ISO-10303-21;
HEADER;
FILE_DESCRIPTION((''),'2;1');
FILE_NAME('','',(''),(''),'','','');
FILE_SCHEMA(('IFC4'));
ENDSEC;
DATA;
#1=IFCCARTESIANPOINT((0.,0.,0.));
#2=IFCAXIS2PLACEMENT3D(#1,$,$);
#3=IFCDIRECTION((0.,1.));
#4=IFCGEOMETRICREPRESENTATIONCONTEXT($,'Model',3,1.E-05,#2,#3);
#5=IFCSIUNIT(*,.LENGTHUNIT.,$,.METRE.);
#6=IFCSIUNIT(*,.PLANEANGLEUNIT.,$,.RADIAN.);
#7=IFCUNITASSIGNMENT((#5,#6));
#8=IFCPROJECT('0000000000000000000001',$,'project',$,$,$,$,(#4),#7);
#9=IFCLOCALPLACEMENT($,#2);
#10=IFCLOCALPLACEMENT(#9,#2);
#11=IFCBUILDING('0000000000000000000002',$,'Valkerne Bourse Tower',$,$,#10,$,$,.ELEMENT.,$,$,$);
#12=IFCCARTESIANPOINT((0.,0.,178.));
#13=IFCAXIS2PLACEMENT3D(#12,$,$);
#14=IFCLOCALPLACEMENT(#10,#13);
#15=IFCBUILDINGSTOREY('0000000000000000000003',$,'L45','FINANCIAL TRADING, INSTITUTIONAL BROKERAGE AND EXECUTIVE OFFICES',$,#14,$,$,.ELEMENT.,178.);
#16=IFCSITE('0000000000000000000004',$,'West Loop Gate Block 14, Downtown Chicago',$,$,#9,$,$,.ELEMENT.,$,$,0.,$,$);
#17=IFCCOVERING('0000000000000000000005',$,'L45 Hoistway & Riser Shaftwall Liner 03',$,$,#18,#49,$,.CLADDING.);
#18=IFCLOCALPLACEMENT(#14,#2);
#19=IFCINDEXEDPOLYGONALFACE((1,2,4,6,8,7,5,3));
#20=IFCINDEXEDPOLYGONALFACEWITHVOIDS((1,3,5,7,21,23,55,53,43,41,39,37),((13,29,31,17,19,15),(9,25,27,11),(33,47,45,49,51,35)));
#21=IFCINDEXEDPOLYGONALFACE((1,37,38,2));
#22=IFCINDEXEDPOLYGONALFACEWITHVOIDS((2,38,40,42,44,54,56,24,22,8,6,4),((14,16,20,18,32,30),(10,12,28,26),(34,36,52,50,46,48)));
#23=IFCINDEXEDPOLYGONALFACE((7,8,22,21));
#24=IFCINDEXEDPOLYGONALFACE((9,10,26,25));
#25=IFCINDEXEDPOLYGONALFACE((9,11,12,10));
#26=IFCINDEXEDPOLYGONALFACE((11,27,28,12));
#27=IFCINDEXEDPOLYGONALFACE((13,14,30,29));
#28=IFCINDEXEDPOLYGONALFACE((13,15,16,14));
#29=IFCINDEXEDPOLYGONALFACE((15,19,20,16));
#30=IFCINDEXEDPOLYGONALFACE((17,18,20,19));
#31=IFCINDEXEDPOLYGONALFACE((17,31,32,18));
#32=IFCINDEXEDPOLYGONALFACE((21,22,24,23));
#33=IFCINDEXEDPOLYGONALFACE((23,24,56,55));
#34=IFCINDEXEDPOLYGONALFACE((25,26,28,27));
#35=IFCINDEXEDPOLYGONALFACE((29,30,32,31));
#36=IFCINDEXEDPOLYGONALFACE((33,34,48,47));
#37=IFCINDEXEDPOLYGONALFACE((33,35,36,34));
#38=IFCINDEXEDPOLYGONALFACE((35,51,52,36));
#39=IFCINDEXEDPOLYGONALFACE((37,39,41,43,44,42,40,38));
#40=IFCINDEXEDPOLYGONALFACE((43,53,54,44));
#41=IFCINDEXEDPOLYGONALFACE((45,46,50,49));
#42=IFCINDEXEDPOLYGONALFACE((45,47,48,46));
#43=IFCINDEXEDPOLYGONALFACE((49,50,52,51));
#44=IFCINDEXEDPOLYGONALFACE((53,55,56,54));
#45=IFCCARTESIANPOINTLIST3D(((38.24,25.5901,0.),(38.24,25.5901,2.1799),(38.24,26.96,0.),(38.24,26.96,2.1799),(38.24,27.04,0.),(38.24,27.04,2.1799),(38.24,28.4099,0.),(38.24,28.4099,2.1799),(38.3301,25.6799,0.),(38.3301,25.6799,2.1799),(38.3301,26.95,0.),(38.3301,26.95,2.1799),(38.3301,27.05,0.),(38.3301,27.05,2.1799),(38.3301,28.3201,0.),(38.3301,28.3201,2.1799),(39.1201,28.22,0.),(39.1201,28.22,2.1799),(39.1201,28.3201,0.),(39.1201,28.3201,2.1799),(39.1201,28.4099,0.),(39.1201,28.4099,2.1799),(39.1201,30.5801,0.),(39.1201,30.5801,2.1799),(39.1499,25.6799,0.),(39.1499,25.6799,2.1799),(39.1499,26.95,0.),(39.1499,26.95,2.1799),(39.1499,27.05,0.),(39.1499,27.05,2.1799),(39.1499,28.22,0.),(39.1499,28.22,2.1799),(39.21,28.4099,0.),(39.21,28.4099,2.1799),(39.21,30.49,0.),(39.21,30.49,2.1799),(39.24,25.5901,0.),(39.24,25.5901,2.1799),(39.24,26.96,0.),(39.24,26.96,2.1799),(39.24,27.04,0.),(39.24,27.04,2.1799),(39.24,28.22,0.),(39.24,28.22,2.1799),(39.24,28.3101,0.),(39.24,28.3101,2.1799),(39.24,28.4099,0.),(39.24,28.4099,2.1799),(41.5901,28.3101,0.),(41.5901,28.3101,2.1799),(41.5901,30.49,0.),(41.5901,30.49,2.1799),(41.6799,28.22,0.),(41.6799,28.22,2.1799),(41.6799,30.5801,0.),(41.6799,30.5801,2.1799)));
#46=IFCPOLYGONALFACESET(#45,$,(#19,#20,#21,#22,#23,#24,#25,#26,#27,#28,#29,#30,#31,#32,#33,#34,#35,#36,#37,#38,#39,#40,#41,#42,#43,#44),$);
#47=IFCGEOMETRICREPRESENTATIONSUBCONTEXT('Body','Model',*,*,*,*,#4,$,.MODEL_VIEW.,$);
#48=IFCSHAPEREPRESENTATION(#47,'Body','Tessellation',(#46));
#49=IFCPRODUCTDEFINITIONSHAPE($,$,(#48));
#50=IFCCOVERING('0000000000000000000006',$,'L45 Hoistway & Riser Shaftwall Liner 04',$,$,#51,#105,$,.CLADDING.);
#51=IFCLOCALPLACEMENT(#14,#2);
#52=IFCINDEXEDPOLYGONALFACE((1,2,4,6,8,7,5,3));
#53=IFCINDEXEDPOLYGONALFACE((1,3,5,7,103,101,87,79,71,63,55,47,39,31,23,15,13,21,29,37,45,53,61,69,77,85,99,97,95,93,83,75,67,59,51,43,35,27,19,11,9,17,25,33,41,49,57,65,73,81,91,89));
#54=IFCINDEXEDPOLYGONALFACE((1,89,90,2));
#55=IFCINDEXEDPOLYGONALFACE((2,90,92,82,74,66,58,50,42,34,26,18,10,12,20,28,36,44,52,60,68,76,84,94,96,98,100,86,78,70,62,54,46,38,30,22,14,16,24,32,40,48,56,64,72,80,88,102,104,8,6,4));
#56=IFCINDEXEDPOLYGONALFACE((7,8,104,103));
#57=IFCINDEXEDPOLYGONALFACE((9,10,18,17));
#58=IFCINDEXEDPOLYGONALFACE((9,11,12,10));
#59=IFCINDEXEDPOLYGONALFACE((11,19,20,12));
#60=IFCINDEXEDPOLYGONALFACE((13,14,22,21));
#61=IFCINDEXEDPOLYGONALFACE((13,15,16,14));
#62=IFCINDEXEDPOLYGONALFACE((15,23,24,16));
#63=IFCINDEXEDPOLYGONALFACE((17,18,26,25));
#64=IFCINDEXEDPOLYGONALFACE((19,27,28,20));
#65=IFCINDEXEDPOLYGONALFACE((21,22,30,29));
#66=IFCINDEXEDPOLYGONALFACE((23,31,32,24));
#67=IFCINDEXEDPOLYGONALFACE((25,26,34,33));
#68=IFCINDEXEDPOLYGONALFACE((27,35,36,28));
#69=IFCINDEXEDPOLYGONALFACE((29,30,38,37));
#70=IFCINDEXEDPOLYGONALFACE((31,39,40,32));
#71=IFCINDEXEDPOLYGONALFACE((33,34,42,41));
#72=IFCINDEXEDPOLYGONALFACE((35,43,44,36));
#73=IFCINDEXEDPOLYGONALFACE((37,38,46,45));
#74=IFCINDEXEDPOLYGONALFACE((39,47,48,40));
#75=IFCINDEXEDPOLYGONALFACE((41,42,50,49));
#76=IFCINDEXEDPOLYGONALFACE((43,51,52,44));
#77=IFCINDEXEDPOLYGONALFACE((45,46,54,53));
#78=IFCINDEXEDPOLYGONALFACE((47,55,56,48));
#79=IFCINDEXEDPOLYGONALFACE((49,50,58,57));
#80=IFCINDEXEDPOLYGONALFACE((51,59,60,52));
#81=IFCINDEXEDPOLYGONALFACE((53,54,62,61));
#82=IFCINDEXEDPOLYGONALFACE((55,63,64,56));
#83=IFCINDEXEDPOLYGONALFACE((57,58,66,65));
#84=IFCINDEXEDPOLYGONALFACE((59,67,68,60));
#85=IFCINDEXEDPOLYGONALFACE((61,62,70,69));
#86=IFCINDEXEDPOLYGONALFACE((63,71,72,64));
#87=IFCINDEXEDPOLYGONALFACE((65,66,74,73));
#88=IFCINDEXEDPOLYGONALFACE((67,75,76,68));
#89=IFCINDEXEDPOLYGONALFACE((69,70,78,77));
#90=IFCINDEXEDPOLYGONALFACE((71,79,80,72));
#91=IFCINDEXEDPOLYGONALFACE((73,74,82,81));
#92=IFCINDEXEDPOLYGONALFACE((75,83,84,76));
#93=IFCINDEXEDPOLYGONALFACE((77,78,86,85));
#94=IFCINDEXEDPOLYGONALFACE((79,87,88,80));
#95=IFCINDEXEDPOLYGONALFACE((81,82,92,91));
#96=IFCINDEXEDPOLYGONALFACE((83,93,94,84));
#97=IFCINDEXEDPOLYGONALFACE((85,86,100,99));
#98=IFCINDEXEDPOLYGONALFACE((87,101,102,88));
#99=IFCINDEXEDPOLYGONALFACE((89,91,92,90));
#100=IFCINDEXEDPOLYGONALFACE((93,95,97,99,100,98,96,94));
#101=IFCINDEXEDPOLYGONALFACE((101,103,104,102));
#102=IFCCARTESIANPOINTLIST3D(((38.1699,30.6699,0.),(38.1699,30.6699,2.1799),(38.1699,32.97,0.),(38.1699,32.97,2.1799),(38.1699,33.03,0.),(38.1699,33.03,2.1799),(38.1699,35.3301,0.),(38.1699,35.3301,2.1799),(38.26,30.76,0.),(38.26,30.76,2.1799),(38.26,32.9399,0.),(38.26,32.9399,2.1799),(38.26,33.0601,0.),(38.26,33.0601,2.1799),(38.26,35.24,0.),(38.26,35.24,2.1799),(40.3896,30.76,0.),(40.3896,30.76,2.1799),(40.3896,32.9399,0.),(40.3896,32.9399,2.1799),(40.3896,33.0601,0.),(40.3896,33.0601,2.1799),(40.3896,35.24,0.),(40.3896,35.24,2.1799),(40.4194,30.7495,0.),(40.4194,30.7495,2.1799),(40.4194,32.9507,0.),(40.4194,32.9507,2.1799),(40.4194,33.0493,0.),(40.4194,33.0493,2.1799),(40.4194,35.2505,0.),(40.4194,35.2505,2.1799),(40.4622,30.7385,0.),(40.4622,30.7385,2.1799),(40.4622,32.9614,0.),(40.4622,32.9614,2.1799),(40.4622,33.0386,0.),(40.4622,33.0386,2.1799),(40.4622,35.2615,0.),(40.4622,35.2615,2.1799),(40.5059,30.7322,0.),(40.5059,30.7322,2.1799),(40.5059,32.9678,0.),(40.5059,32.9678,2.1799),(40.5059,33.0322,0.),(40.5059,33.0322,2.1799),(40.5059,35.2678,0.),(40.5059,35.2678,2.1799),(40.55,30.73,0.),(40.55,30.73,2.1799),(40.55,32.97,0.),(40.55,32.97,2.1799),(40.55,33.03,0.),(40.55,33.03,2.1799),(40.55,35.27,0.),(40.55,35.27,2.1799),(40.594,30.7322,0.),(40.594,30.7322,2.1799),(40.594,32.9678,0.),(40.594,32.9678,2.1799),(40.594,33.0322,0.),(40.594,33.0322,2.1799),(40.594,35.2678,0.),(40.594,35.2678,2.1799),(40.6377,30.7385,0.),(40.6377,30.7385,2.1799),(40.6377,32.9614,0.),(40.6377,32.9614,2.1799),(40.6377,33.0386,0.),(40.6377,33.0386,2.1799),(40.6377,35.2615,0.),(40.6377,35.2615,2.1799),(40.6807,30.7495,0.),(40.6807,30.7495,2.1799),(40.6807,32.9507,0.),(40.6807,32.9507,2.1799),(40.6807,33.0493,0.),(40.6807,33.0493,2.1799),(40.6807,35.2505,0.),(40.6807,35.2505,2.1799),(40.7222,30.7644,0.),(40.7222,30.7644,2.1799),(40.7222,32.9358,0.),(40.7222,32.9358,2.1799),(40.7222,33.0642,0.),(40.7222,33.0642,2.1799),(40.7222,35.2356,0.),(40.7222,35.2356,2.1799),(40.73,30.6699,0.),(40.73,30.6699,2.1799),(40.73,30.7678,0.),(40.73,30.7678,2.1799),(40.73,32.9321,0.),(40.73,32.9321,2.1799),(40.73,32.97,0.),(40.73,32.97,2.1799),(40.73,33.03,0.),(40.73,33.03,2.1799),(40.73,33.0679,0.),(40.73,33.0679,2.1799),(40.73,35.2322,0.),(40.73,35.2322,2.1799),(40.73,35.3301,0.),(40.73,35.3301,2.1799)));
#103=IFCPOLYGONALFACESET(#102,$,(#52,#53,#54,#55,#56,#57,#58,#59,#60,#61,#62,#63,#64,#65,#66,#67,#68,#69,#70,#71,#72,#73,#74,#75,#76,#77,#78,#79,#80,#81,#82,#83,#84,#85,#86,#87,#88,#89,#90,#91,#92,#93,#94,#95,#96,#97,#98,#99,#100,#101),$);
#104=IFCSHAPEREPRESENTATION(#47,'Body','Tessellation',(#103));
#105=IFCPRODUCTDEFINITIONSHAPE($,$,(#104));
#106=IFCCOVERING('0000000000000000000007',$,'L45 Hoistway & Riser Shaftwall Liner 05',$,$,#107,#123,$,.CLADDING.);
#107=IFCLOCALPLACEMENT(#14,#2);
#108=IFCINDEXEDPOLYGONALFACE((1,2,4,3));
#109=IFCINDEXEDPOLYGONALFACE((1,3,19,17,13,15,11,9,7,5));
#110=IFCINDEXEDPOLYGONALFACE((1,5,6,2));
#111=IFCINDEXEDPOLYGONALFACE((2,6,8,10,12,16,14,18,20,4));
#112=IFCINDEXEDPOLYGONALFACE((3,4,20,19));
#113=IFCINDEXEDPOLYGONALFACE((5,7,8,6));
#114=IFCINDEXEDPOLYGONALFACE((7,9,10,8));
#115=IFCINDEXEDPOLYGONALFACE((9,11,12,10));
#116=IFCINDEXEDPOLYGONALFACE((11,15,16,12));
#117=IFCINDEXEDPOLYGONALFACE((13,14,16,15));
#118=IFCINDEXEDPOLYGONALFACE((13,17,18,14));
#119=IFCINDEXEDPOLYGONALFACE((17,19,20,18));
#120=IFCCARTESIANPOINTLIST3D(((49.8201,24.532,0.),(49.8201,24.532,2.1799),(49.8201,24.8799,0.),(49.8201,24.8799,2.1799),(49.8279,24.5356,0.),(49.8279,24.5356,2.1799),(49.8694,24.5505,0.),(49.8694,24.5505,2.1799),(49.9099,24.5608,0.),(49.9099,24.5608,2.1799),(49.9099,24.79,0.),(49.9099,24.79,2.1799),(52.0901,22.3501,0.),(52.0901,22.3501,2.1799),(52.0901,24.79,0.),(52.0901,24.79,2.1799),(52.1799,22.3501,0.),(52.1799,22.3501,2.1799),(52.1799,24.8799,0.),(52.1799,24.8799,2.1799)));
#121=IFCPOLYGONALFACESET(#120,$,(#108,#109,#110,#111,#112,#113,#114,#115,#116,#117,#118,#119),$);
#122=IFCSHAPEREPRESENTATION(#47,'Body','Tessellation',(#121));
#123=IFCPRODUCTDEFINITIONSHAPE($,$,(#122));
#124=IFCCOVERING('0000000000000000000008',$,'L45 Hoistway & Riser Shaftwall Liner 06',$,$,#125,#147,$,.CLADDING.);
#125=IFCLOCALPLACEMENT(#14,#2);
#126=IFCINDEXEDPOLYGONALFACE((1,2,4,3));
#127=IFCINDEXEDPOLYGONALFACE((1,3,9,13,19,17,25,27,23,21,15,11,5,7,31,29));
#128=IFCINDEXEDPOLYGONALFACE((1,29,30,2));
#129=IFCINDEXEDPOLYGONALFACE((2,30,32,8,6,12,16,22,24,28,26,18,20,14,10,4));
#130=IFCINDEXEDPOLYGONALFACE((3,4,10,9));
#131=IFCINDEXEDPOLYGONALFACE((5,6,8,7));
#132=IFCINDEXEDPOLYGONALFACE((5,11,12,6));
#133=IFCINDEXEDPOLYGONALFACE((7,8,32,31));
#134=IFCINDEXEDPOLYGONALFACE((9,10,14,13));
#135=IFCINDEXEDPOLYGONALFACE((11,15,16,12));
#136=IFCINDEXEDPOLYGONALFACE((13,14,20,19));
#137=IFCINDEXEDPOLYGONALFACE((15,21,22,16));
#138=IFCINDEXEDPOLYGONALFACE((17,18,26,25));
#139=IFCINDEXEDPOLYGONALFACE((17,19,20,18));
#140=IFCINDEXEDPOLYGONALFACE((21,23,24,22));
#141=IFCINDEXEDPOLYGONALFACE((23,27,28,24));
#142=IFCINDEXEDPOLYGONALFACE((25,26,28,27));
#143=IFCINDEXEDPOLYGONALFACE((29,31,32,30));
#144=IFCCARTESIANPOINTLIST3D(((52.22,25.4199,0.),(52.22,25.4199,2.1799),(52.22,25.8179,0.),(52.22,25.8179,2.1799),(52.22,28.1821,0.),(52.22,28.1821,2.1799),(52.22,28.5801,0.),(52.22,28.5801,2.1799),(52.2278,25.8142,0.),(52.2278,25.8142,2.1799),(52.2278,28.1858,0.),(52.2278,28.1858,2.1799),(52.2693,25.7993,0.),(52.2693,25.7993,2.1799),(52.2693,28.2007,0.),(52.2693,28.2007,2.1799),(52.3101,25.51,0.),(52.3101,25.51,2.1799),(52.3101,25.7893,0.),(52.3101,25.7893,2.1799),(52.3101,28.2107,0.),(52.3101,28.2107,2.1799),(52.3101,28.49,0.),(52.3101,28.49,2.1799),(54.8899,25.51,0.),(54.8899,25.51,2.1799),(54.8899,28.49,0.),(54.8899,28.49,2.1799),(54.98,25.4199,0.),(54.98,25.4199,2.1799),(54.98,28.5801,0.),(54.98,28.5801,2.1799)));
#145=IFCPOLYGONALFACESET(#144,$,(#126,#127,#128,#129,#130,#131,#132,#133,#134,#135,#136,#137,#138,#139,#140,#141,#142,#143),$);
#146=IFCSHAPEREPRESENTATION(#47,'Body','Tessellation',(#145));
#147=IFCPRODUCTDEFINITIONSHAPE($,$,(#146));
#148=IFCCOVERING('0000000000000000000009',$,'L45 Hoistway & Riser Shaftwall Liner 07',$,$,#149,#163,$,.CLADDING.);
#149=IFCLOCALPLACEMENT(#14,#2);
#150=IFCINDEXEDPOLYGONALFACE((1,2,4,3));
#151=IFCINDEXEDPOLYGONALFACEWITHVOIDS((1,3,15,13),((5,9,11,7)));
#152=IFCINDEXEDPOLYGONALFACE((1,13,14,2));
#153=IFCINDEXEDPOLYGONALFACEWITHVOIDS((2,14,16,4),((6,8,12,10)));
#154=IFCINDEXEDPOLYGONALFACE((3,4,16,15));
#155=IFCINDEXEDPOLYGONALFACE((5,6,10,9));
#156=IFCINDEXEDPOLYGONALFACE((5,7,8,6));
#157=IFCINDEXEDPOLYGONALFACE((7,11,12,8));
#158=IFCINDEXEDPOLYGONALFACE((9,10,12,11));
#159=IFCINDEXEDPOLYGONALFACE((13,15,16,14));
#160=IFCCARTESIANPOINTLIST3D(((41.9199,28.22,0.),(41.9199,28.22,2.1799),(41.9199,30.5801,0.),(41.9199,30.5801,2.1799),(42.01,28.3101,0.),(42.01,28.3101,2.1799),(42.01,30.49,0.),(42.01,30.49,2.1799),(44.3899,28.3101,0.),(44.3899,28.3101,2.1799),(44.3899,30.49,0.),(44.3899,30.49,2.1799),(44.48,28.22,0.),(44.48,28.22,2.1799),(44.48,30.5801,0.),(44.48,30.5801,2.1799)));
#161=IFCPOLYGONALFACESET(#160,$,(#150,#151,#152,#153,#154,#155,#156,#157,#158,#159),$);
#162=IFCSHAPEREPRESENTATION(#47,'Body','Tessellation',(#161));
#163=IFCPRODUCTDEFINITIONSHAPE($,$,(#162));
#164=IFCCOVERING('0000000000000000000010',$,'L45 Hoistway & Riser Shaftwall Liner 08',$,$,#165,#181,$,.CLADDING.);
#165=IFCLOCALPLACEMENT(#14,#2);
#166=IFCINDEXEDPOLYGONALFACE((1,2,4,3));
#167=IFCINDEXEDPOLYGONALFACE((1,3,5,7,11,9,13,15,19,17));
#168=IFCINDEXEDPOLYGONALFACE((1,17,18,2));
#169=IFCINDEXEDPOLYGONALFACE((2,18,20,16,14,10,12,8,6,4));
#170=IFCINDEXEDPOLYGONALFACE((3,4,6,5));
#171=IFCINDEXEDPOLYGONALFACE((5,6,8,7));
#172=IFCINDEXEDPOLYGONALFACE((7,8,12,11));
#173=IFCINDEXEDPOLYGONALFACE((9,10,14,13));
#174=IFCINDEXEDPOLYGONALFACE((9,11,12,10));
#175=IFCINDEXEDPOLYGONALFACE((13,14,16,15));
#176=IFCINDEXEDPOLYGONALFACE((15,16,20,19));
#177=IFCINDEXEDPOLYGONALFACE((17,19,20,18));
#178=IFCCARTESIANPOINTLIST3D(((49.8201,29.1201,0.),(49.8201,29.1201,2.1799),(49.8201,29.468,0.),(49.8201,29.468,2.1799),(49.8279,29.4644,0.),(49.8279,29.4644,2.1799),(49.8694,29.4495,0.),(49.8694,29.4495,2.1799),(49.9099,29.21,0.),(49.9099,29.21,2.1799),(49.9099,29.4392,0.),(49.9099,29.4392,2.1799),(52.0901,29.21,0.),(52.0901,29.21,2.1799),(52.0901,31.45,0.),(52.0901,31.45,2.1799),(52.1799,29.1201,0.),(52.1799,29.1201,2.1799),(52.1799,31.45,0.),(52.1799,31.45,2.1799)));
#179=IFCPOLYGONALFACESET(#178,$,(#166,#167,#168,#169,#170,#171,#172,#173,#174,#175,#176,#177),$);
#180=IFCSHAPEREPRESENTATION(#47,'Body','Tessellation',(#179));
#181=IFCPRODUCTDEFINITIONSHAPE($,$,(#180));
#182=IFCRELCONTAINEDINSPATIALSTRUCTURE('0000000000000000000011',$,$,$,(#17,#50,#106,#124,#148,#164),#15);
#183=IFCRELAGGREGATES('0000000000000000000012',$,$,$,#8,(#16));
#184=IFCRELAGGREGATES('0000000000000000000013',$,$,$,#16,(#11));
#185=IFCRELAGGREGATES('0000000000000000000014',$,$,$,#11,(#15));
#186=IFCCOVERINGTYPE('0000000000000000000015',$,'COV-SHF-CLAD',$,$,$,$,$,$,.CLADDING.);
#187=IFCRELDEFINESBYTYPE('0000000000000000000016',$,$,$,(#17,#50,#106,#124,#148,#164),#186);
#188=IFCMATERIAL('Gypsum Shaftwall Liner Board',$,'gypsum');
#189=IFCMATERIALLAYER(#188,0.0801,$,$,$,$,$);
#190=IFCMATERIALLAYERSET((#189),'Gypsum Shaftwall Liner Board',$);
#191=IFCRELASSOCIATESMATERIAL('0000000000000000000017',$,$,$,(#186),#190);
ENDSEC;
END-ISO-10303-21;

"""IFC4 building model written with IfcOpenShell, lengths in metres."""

from ifc_helpers import new_model, si_unit, direction, frame, origin, place, context, subcontext, project, spatial, polyline, outline, extrude, material, layer, layer_set, type_object, element, save


model = new_model("IFC4")

# Units and contexts
model_context = context("Model", 3, precision=1e-05, world=origin(), true_north=direction((0.0, 1.0)))
body_context = subcontext(model_context, "Body", "Model", "MODEL_VIEW")
ifc_project = project(units=[si_unit("LENGTHUNIT", "METRE"), si_unit("PLANEANGLEUNIT", "RADIAN")], contexts=[model_context])

# Site, building, storey
site_placement = place(None, origin())
site = spatial("IfcSite", under=ifc_project, at=site_placement, Name="West Loop Gate Block 14, Downtown Chicago", CompositionType="ELEMENT", RefElevation=0.0)
building_placement = place(site_placement, origin())
building = spatial("IfcBuilding", under=site, at=building_placement, Name="Valkerne Bourse Tower", CompositionType="ELEMENT")
storey_placement = place(building_placement, frame((0.0, 0.0, 178.0)))
storey = spatial("IfcBuildingStorey", under=building, at=storey_placement, Name="L45", Description="FINANCIAL TRADING, INSTITUTIONAL BROKERAGE AND EXECUTIVE OFFICES", CompositionType="ELEMENT", Elevation=178.0)

# Coverings
ifc_material_1 = material(Name="Gypsum Shaftwall Liner Board", Category="gypsum")
ifc_layer_1 = layer(ifc_material_1, 0.0801)
ifc_layer_set_1 = layer_set([ifc_layer_1], Name="Gypsum Shaftwall Liner Board")
covering_type_1 = type_object("IfcCoveringType", Name="COV-SHF-CLAD", PredefinedType="CLADDING", material=ifc_layer_set_1)
covering_1_placement = place(storey_placement, origin())
element("IfcCovering", 1, at=covering_1_placement, inside=storey, type_object=covering_type_1, Name="L45 Hoistway & Riser Shaftwall Liner 03", PredefinedType="CLADDING", context=body_context, shape_type="SweptSolid", body=[
    extrude(outline(polyline([(38.24, 28.4099), (39.1201, 28.4099), (39.1201, 30.5801), (41.6799, 30.5801), (41.6799, 28.22), (39.24, 28.22), (39.24, 27.04), (39.24, 26.96), (39.24, 25.5901), (38.24, 25.5901), (38.24, 26.96), (38.24, 27.04), (38.24, 28.4099)]), holes=[polyline([(38.3301, 26.95), (38.3301, 25.6799), (39.1499, 25.6799), (39.1499, 26.95), (38.3301, 26.95)]), polyline([(39.21, 30.49), (39.21, 28.4099), (39.24, 28.4099), (39.24, 28.3101), (41.5901, 28.3101), (41.5901, 30.49), (39.21, 30.49)]), polyline([(38.3301, 27.05), (39.1499, 27.05), (39.1499, 28.22), (39.1201, 28.22), (39.1201, 28.3201), (38.3301, 28.3201), (38.3301, 27.05)])]), origin(), (0.0, 0.0, 1.0), 2.1799),
])
covering_2_placement = place(storey_placement, origin())
element("IfcCovering", 2, at=covering_2_placement, inside=storey, type_object=covering_type_1, Name="L45 Hoistway & Riser Shaftwall Liner 04", PredefinedType="CLADDING", context=body_context, shape_type="SweptSolid", body=[
    extrude(outline(polyline([(38.1699, 35.3301), (40.73, 35.3301), (40.73, 35.2322), (40.7222, 35.2356), (40.6807, 35.2505), (40.6377, 35.2615), (40.594, 35.2678), (40.55, 35.27), (40.5059, 35.2678), (40.4622, 35.2615), (40.4194, 35.2505), (40.3896, 35.24), (38.26, 35.24), (38.26, 33.0601), (40.3896, 33.0601), (40.4194, 33.0493), (40.4622, 33.0386), (40.5059, 33.0322), (40.55, 33.03), (40.594, 33.0322), (40.6377, 33.0386), (40.6807, 33.0493), (40.7222, 33.0642), (40.73, 33.0679), (40.73, 33.03), (40.73, 32.97), (40.73, 32.9321), (40.7222, 32.9358), (40.6807, 32.9507), (40.6377, 32.9614), (40.594, 32.9678), (40.55, 32.97), (40.5059, 32.9678), (40.4622, 32.9614), (40.4194, 32.9507), (40.3896, 32.9399), (38.26, 32.9399), (38.26, 30.76), (40.3896, 30.76), (40.4194, 30.7495), (40.4622, 30.7385), (40.5059, 30.7322), (40.55, 30.73), (40.594, 30.7322), (40.6377, 30.7385), (40.6807, 30.7495), (40.7222, 30.7644), (40.73, 30.7678), (40.73, 30.6699), (38.1699, 30.6699), (38.1699, 32.97), (38.1699, 33.03), (38.1699, 35.3301)])), origin(), (0.0, 0.0, 1.0), 2.1799),
])
covering_3_placement = place(storey_placement, origin())
element("IfcCovering", 3, at=covering_3_placement, inside=storey, type_object=covering_type_1, Name="L45 Hoistway & Riser Shaftwall Liner 05", PredefinedType="CLADDING", context=body_context, shape_type="SweptSolid", body=[
    extrude(outline(polyline([(52.1799, 22.3501), (52.0901, 22.3501), (52.0901, 24.79), (49.9099, 24.79), (49.9099, 24.5608), (49.8694, 24.5505), (49.8279, 24.5356), (49.8201, 24.532), (49.8201, 24.8799), (52.1799, 24.8799), (52.1799, 22.3501)])), origin(), (0.0, 0.0, 1.0), 2.1799),
])
covering_4_placement = place(storey_placement, origin())
element("IfcCovering", 4, at=covering_4_placement, inside=storey, type_object=covering_type_1, Name="L45 Hoistway & Riser Shaftwall Liner 06", PredefinedType="CLADDING", context=body_context, shape_type="SweptSolid", body=[
    extrude(outline(polyline([(54.98, 25.4199), (52.22, 25.4199), (52.22, 25.8179), (52.2278, 25.8142), (52.2693, 25.7993), (52.3101, 25.7893), (52.3101, 25.51), (54.8899, 25.51), (54.8899, 28.49), (52.3101, 28.49), (52.3101, 28.2107), (52.2693, 28.2007), (52.2278, 28.1858), (52.22, 28.1821), (52.22, 28.5801), (54.98, 28.5801), (54.98, 25.4199)])), origin(), (0.0, 0.0, 1.0), 2.1799),
])
covering_5_placement = place(storey_placement, origin())
element("IfcCovering", 5, at=covering_5_placement, inside=storey, type_object=covering_type_1, Name="L45 Hoistway & Riser Shaftwall Liner 07", PredefinedType="CLADDING", context=body_context, shape_type="SweptSolid", body=[
    extrude(outline(polyline([(44.48, 28.22), (41.9199, 28.22), (41.9199, 30.5801), (44.48, 30.5801), (44.48, 28.22)]), holes=[polyline([(42.01, 30.49), (42.01, 28.3101), (44.3899, 28.3101), (44.3899, 30.49), (42.01, 30.49)])]), origin(), (0.0, 0.0, 1.0), 2.1799),
])
covering_6_placement = place(storey_placement, origin())
element("IfcCovering", 6, at=covering_6_placement, inside=storey, type_object=covering_type_1, Name="L45 Hoistway & Riser Shaftwall Liner 08", PredefinedType="CLADDING", context=body_context, shape_type="SweptSolid", body=[
    extrude(outline(polyline([(49.8201, 29.1201), (49.8201, 29.468), (49.8279, 29.4644), (49.8694, 29.4495), (49.9099, 29.4392), (49.9099, 29.21), (52.0901, 29.21), (52.0901, 31.45), (52.1799, 31.45), (52.1799, 29.1201), (49.8201, 29.1201)])), origin(), (0.0, 0.0, 1.0), 2.1799),
])

save(model, "model.ifc")
